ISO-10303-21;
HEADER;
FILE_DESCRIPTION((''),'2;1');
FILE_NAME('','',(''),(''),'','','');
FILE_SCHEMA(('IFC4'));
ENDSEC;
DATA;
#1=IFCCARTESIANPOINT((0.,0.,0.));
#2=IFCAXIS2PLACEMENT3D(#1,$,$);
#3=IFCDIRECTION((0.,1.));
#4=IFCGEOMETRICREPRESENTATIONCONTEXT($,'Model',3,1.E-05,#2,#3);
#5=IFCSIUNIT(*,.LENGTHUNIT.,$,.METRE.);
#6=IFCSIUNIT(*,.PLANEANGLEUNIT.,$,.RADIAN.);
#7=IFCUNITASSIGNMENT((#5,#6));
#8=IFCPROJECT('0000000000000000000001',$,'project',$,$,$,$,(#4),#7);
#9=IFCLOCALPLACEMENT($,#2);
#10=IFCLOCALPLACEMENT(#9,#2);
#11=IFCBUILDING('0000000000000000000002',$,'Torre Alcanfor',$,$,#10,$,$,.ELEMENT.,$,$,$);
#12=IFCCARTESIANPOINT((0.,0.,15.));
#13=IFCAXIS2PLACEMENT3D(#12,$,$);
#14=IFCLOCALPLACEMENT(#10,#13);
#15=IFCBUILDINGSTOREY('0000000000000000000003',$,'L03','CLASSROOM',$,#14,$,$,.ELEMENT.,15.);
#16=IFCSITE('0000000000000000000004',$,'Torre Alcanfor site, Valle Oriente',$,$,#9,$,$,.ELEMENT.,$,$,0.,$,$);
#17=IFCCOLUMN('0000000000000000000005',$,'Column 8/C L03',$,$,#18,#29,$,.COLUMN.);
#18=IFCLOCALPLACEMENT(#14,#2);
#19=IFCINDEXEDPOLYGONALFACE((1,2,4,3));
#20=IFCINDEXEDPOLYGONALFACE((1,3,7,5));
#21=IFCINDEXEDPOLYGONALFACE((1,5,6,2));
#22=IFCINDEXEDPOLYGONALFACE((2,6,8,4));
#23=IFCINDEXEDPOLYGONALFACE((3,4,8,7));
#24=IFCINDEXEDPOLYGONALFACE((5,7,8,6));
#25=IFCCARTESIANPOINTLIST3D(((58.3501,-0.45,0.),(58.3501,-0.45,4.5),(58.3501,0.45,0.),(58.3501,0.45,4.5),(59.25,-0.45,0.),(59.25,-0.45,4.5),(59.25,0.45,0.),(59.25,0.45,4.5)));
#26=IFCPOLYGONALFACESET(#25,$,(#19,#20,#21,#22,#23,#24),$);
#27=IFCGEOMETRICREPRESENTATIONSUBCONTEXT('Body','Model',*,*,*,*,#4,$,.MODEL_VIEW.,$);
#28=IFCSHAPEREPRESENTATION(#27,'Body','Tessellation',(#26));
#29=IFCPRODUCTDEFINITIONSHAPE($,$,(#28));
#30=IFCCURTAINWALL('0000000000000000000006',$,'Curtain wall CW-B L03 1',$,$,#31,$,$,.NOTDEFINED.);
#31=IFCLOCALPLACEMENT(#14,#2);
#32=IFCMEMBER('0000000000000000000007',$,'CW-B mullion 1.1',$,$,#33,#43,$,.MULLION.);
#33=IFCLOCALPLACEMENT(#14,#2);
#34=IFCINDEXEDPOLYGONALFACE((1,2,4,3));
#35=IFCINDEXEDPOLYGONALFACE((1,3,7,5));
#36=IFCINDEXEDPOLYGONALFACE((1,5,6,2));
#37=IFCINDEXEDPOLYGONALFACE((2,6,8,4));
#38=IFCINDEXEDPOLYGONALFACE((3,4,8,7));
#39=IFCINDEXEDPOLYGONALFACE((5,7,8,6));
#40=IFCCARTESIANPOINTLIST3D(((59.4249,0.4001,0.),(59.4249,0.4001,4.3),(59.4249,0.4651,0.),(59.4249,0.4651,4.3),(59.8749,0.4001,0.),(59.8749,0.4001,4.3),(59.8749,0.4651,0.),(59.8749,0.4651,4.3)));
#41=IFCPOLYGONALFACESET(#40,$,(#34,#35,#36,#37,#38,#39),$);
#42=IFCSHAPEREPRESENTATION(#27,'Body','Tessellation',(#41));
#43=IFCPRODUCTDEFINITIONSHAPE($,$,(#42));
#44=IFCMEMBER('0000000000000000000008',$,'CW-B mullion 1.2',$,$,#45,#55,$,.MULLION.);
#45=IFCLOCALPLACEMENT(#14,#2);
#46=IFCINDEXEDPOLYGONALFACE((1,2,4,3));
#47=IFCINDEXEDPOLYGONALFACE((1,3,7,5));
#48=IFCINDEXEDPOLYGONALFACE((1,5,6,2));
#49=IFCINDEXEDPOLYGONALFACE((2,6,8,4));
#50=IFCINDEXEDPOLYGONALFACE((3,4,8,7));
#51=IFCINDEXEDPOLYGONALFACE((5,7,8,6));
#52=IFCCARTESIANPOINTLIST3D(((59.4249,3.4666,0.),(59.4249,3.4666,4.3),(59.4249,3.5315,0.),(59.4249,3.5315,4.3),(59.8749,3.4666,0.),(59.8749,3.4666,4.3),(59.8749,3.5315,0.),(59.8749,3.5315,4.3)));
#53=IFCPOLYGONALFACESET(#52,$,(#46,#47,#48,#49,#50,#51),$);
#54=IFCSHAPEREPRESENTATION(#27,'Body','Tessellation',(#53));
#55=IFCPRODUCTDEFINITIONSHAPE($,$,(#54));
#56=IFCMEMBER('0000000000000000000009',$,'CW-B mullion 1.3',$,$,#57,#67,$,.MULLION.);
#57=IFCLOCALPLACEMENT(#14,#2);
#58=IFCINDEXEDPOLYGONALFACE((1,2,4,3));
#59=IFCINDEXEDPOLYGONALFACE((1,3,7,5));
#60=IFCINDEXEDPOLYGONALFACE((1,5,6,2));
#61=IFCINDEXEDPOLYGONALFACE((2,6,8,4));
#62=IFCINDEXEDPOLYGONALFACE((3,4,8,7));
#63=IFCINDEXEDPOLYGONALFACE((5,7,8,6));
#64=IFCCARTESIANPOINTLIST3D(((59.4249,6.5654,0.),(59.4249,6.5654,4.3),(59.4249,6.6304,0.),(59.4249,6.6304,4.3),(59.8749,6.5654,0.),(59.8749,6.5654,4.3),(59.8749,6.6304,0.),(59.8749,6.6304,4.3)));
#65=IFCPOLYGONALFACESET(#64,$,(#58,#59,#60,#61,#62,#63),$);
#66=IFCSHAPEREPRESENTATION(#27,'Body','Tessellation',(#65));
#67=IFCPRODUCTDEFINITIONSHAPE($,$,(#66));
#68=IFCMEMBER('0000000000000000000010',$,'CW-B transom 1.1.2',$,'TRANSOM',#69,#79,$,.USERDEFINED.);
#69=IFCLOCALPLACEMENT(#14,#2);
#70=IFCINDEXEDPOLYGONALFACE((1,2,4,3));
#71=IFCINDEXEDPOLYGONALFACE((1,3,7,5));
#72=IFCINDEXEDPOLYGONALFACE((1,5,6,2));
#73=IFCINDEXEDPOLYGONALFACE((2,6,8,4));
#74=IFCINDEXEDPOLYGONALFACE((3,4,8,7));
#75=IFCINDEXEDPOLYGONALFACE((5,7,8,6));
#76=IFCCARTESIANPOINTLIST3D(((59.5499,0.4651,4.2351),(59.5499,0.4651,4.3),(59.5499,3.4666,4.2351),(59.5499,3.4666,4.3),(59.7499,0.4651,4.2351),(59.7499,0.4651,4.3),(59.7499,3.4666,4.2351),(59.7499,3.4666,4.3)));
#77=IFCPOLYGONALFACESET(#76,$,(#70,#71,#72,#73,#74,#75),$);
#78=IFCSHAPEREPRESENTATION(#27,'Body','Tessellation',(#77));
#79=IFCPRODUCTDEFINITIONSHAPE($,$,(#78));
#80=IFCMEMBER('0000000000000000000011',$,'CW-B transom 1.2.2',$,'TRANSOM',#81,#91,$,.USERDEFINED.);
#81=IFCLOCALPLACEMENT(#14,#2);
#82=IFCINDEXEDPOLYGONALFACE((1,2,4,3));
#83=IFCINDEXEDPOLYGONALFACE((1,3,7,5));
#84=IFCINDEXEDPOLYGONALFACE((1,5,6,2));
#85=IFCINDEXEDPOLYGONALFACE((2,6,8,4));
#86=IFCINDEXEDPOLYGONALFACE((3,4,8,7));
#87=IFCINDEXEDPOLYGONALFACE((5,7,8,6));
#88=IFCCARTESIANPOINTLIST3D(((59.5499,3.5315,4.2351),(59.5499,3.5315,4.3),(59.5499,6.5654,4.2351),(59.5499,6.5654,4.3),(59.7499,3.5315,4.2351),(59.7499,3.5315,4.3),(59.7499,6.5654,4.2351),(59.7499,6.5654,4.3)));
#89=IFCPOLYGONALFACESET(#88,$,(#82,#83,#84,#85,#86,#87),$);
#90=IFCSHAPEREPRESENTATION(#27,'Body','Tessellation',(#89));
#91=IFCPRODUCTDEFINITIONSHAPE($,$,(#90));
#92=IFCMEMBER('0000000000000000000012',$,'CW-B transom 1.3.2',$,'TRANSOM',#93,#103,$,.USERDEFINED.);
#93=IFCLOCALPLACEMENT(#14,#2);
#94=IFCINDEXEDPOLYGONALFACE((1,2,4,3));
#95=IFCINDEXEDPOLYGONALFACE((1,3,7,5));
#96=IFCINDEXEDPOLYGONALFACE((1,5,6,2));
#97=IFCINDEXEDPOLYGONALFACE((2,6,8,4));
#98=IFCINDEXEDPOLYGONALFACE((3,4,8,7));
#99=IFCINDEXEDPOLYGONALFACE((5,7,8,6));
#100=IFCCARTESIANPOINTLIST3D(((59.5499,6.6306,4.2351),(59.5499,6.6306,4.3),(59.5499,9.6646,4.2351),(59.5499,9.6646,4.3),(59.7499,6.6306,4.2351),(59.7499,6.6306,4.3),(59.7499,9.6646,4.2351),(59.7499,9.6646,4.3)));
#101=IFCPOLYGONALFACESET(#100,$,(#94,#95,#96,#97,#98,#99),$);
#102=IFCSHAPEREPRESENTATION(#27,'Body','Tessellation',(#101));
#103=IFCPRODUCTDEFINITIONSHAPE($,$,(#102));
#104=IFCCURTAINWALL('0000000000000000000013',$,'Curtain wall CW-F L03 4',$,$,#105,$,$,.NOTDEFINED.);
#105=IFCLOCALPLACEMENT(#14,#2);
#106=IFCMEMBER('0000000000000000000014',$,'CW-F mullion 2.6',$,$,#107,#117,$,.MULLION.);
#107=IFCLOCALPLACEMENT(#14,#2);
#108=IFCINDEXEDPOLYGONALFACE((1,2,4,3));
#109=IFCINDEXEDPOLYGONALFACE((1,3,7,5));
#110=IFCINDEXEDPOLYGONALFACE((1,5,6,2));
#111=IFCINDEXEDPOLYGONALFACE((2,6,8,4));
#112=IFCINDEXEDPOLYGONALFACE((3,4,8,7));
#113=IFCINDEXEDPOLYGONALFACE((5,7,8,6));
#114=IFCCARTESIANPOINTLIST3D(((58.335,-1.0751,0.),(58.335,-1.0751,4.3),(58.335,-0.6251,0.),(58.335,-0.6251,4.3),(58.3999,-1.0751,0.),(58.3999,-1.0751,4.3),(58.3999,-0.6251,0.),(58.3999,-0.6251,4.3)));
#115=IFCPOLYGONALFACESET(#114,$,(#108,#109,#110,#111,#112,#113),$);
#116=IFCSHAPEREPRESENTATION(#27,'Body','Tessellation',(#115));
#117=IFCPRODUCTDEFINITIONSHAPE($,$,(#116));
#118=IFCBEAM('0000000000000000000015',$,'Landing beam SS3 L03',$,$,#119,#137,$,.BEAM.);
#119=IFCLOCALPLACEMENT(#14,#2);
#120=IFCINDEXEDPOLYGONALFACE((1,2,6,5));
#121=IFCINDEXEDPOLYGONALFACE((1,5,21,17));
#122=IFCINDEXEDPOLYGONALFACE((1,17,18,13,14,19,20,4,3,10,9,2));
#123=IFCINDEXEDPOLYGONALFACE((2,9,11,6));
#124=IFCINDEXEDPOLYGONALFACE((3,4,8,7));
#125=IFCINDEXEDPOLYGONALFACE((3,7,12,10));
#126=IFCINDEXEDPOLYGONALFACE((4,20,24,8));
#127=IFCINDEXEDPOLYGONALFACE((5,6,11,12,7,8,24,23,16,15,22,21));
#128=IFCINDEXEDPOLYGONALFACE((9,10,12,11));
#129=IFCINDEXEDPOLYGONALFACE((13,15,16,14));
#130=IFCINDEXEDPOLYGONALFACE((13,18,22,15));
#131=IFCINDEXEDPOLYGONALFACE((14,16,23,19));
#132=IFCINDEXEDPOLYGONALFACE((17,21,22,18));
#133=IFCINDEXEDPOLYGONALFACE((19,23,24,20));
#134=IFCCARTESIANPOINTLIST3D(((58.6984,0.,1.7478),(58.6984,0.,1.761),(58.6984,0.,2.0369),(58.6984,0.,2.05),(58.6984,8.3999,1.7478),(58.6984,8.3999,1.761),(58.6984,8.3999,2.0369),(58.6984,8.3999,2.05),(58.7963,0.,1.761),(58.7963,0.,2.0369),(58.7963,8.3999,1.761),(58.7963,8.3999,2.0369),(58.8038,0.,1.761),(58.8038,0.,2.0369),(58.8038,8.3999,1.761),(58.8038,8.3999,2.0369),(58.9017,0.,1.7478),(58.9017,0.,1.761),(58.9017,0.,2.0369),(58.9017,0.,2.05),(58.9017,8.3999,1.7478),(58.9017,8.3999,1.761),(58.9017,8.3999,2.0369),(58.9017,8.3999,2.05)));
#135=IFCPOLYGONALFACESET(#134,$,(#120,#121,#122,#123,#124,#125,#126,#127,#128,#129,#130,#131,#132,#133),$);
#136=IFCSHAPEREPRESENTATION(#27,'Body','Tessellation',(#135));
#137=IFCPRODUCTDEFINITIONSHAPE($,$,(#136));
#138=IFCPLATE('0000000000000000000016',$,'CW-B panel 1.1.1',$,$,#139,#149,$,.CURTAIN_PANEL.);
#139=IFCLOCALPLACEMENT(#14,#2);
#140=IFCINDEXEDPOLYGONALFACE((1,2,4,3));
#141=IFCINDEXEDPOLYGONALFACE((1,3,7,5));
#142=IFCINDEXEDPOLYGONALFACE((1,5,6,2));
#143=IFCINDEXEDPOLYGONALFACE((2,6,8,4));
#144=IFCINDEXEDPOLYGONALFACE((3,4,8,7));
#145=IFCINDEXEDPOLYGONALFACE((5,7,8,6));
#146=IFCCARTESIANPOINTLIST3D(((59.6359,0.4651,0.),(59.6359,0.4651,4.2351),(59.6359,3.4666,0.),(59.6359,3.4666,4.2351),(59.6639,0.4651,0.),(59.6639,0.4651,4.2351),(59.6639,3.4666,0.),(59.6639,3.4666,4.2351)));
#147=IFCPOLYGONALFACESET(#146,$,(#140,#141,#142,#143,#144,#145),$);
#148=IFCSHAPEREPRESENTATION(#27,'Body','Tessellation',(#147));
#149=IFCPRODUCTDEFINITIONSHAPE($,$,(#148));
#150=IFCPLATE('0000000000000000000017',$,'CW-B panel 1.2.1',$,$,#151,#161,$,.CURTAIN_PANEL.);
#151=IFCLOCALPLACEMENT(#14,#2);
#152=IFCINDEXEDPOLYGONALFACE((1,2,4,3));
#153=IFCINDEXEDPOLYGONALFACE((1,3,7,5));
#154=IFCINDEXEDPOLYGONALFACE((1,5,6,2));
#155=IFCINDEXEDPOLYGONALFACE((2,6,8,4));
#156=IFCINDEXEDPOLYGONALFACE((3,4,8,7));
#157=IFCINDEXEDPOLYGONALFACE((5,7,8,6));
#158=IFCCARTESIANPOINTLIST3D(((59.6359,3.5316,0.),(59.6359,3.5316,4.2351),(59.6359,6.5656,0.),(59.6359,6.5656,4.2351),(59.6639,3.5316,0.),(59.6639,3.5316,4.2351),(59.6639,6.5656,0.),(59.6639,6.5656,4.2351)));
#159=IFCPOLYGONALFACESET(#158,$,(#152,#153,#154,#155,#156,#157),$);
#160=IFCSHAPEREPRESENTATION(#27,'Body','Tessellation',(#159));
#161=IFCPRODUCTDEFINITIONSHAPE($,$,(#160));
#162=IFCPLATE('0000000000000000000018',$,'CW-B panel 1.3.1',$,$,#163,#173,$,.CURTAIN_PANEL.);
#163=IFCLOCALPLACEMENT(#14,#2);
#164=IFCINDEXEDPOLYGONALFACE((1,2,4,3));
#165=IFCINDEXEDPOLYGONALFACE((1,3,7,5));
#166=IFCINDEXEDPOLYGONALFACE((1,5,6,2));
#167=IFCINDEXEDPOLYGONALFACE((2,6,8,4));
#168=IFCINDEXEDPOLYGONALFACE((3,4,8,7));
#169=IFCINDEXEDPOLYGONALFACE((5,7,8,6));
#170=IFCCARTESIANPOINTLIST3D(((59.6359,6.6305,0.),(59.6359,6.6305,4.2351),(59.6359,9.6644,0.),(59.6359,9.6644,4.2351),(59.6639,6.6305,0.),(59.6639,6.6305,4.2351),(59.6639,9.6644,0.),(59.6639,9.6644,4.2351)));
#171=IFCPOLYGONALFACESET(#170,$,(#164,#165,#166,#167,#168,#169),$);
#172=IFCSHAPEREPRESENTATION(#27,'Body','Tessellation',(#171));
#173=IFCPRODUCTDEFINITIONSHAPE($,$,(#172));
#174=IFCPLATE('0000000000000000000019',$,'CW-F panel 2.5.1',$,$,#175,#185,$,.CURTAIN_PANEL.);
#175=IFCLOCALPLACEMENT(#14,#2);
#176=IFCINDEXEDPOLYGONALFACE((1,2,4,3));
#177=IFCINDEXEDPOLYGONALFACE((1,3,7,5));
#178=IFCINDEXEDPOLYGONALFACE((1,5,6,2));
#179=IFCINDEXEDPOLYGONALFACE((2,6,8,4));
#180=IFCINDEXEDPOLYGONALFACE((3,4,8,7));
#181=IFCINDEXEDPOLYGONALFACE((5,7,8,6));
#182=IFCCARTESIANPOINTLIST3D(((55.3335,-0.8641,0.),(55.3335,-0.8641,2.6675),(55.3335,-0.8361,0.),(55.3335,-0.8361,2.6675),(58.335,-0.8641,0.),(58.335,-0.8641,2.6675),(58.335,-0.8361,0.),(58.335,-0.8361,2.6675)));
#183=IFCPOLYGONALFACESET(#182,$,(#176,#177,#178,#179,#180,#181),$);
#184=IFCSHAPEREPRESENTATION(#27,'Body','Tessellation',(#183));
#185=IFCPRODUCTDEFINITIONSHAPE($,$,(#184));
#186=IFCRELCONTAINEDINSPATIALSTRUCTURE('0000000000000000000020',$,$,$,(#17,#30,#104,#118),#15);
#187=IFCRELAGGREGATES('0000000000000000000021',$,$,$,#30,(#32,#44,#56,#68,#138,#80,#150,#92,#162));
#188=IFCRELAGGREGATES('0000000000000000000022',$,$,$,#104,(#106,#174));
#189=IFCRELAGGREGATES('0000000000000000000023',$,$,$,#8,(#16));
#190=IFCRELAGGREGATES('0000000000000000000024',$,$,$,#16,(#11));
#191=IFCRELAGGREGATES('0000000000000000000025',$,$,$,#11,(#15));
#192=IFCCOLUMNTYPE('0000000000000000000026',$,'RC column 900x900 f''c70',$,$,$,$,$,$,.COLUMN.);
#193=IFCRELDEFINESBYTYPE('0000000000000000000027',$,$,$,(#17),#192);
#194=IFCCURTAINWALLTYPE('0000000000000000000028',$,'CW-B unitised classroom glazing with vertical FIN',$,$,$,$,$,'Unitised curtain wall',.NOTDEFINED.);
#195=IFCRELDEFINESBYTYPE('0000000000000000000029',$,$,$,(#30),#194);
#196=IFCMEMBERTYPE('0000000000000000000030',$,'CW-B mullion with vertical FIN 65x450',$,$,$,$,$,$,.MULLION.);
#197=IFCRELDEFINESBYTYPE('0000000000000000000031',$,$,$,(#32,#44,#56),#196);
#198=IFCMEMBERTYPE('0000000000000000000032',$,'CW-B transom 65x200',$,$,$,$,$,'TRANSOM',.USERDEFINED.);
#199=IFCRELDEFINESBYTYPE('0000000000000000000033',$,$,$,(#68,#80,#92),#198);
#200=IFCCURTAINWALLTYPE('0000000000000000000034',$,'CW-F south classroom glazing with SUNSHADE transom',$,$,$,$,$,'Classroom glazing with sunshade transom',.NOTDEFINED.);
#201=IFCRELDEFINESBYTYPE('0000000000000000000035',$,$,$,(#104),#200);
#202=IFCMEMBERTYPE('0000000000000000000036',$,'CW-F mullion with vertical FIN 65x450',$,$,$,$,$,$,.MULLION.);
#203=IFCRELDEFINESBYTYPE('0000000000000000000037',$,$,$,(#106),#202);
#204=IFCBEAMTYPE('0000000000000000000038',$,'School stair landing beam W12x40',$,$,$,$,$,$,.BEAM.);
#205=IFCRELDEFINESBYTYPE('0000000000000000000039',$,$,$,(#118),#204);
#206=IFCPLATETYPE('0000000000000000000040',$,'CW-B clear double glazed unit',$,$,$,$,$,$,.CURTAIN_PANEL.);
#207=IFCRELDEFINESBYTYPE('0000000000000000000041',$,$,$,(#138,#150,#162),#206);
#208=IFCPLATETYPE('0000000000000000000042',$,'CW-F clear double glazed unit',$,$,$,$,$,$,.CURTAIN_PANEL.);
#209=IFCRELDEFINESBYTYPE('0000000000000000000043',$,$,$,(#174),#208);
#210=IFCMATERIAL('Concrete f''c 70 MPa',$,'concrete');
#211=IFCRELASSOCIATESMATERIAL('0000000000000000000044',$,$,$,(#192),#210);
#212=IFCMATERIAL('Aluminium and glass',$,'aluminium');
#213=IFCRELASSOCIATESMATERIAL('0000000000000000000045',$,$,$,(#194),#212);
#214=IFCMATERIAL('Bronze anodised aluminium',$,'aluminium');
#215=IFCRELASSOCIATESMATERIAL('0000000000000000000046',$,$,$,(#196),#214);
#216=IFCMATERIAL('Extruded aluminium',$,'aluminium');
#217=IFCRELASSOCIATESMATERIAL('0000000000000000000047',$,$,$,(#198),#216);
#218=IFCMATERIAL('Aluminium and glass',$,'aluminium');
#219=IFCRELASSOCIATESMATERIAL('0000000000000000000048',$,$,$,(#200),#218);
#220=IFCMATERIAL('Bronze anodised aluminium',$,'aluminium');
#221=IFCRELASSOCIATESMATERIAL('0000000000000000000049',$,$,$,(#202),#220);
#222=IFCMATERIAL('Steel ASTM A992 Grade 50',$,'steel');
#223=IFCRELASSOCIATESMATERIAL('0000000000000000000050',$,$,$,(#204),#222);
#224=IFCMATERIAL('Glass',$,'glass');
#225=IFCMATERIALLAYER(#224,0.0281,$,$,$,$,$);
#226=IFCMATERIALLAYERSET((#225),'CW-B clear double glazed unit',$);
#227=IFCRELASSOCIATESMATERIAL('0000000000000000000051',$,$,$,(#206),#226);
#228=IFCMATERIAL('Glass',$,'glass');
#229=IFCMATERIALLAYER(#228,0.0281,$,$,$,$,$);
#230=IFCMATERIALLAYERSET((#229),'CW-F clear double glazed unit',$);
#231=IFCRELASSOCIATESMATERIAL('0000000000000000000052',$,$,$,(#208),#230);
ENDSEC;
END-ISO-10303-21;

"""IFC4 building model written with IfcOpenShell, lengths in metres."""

from ifc_helpers import new_model, si_unit, direction, frame, origin, origin_2d, place, context, subcontext, project, spatial, rectangle, i_section, extrude, material, layer, layer_set, material_profile, profile_set, type_object, element, aggregate, save


model = new_model("IFC4")

# Units and contexts
model_context = context("Model", 3, precision=1e-05, world=origin(), true_north=direction((0.0, 1.0)))
body_context = subcontext(model_context, "Body", "Model", "MODEL_VIEW")
ifc_project = project(units=[si_unit("LENGTHUNIT", "METRE"), si_unit("PLANEANGLEUNIT", "RADIAN")], contexts=[model_context])

# Site, building, storey
site_placement = place(None, origin())
site = spatial("IfcSite", under=ifc_project, at=site_placement, Name="Torre Alcanfor site, Valle Oriente", CompositionType="ELEMENT", RefElevation=0.0)
building_placement = place(site_placement, origin())
building = spatial("IfcBuilding", under=site, at=building_placement, Name="Torre Alcanfor", CompositionType="ELEMENT")
storey_placement = place(building_placement, frame((0.0, 0.0, 15.0)))
storey = spatial("IfcBuildingStorey", under=building, at=storey_placement, Name="L03", Description="CLASSROOM", CompositionType="ELEMENT", Elevation=15.0)

# Column
ifc_material_1 = material(Name="Concrete f'c 70 MPa", Category="concrete")
ifc_material_profile_1 = material_profile(ifc_material_1, rectangle(XDim=0.8999, YDim=0.8999, at=origin_2d()), Name="900x900")
ifc_profile_set_1 = profile_set([ifc_material_profile_1], Name="Concrete f'c 70 MPa")
column_type = type_object("IfcColumnType", Name="RC column 900x900 f'c70", PredefinedType="COLUMN", material=ifc_profile_set_1)
column_placement = place(storey_placement, frame((58.8, 0.0, 0.0), z_axis=(0.0, 0.0, 1.0), x_axis=(1.0, 0.0, 0.0)))
element("IfcColumn", 1, at=column_placement, inside=storey, type_object=column_type, Name="Column 8/C L03", PredefinedType="COLUMN", context=body_context, shape_type="SweptSolid", body=[
    extrude(rectangle(XDim=0.8999, YDim=0.8999, at=origin_2d()), origin(), (0.0, 0.0, 1.0), 4.5),
])

# Curtain wall, members
ifc_material_2 = material(Name="Aluminium and glass", Category="aluminium")
curtain_wall_type_1 = type_object("IfcCurtainWallType", Name="CW-B unitised classroom glazing with vertical FIN", ElementType="Unitised curtain wall", PredefinedType="NOTDEFINED", material=ifc_material_2)
curtain_wall_1_placement = place(storey_placement, origin())
curtain_wall_1 = element("IfcCurtainWall", 2, at=curtain_wall_1_placement, inside=storey, type_object=curtain_wall_type_1, Name="Curtain wall CW-B L03 1", PredefinedType="NOTDEFINED")
ifc_material_3 = material(Name="Bronze anodised aluminium", Category="aluminium")
ifc_material_profile_2 = material_profile(ifc_material_3, rectangle(XDim=0.45, YDim=0.0649, at=origin_2d()), Name="CW-B mullion 65x450")
ifc_profile_set_2 = profile_set([ifc_material_profile_2], Name="Bronze anodised aluminium")
member_type_1 = type_object("IfcMemberType", Name="CW-B mullion with vertical FIN 65x450", PredefinedType="MULLION", material=ifc_profile_set_2)
member_1_placement = place(storey_placement, frame((59.6499, 0.4326, 0.0), z_axis=(0.0, 0.0, 1.0), x_axis=(-1.0, 0.0, 0.0)))
member_1 = element("IfcMember", 3, at=member_1_placement, type_object=member_type_1, Name="CW-B mullion 1.1", PredefinedType="MULLION", context=body_context, shape_type="SweptSolid", body=[
    extrude(rectangle(XDim=0.45, YDim=0.0649, at=origin_2d()), origin(), (0.0, 0.0, 1.0), 4.3),
])
member_2_placement = place(storey_placement, frame((59.6499, 3.499, 0.0), z_axis=(0.0, 0.0, 1.0), x_axis=(-1.0, 0.0, 0.0)))
member_2 = element("IfcMember", 4, at=member_2_placement, type_object=member_type_1, Name="CW-B mullion 1.2", PredefinedType="MULLION", context=body_context, shape_type="SweptSolid", body=[
    extrude(rectangle(XDim=0.45, YDim=0.0649, at=origin_2d()), origin(), (0.0, 0.0, 1.0), 4.3),
])
member_3_placement = place(storey_placement, frame((59.6499, 6.5979, 0.0), z_axis=(0.0, 0.0, 1.0), x_axis=(-1.0, 0.0, 0.0)))
member_3 = element("IfcMember", 5, at=member_3_placement, type_object=member_type_1, Name="CW-B mullion 1.3", PredefinedType="MULLION", context=body_context, shape_type="SweptSolid", body=[
    extrude(rectangle(XDim=0.45, YDim=0.0649, at=origin_2d()), origin(), (0.0, 0.0, 1.0), 4.3),
])
ifc_material_4 = material(Name="Extruded aluminium", Category="aluminium")
ifc_material_profile_3 = material_profile(ifc_material_4, rectangle(XDim=0.2, YDim=0.0649, at=origin_2d()), Name="CW-B transom 200x65")
ifc_profile_set_3 = profile_set([ifc_material_profile_3], Name="Extruded aluminium")
member_type_2 = type_object("IfcMemberType", Name="CW-B transom 65x200", ElementType="TRANSOM", PredefinedType="USERDEFINED", material=ifc_profile_set_3)
member_4_placement = place(storey_placement, frame((59.6499, 0.4651, 4.2676), z_axis=(0.0, 1.0, 0.0), x_axis=(-1.0, 0.0, 0.0)))
member_4 = element("IfcMember", 6, at=member_4_placement, type_object=member_type_2, Name="CW-B transom 1.1.2", ObjectType="TRANSOM", PredefinedType="USERDEFINED", context=body_context, shape_type="SweptSolid", body=[
    extrude(rectangle(XDim=0.2, YDim=0.0649, at=origin_2d()), origin(), (0.0, 0.0, 1.0), 3.0015),
])
member_5_placement = place(storey_placement, frame((59.6499, 3.5315, 4.2676), z_axis=(0.0, 1.0, 0.0), x_axis=(-1.0, 0.0, 0.0)))
member_5 = element("IfcMember", 7, at=member_5_placement, type_object=member_type_2, Name="CW-B transom 1.2.2", ObjectType="TRANSOM", PredefinedType="USERDEFINED", context=body_context, shape_type="SweptSolid", body=[
    extrude(rectangle(XDim=0.2, YDim=0.0649, at=origin_2d()), origin(), (0.0, 0.0, 1.0), 3.0339),
])
member_6_placement = place(storey_placement, frame((59.6499, 6.6306, 4.2676), z_axis=(0.0, 1.0, 0.0), x_axis=(-1.0, 0.0, 0.0)))
member_6 = element("IfcMember", 8, at=member_6_placement, type_object=member_type_2, Name="CW-B transom 1.3.2", ObjectType="TRANSOM", PredefinedType="USERDEFINED", context=body_context, shape_type="SweptSolid", body=[
    extrude(rectangle(XDim=0.2, YDim=0.0649, at=origin_2d()), origin(), (0.0, 0.0, 1.0), 3.0339),
])

# Curtain wall, member
ifc_material_5 = material(Name="Aluminium and glass", Category="aluminium")
curtain_wall_type_2 = type_object("IfcCurtainWallType", Name="CW-F south classroom glazing with SUNSHADE transom", ElementType="Classroom glazing with sunshade transom", PredefinedType="NOTDEFINED", material=ifc_material_5)
curtain_wall_2_placement = place(storey_placement, origin())
curtain_wall_2 = element("IfcCurtainWall", 9, at=curtain_wall_2_placement, inside=storey, type_object=curtain_wall_type_2, Name="Curtain wall CW-F L03 4", PredefinedType="NOTDEFINED")
ifc_material_6 = material(Name="Bronze anodised aluminium", Category="aluminium")
ifc_material_profile_4 = material_profile(ifc_material_6, rectangle(XDim=0.45, YDim=0.0649, at=origin_2d()), Name="CW-F mullion 65x450")
ifc_profile_set_4 = profile_set([ifc_material_profile_4], Name="Bronze anodised aluminium")
member_type_3 = type_object("IfcMemberType", Name="CW-F mullion with vertical FIN 65x450", PredefinedType="MULLION", material=ifc_profile_set_4)
member_7_placement = place(storey_placement, frame((58.3674, -0.8501, 0.0), z_axis=(0.0, 0.0, 1.0), x_axis=(0.0, 1.0, 0.0)))
member_7 = element("IfcMember", 10, at=member_7_placement, type_object=member_type_3, Name="CW-F mullion 2.6", PredefinedType="MULLION", context=body_context, shape_type="SweptSolid", body=[
    extrude(rectangle(XDim=0.45, YDim=0.0649, at=origin_2d()), origin(), (0.0, 0.0, 1.0), 4.3),
])

# Beam
ifc_material_7 = material(Name="Steel ASTM A992 Grade 50", Category="steel")
ifc_material_profile_5 = material_profile(ifc_material_7, i_section(OverallWidth=0.2034, OverallDepth=0.3022, WebThickness=0.0076, FlangeThickness=0.0132, at=origin_2d()), Name="W12x40")
ifc_profile_set_5 = profile_set([ifc_material_profile_5], Name="Steel ASTM A992 Grade 50")
beam_type = type_object("IfcBeamType", Name="School stair landing beam W12x40", PredefinedType="BEAM", material=ifc_profile_set_5)
beam_placement = place(storey_placement, frame((58.8, 0.0, 1.8989), z_axis=(0.0, 1.0, 0.0), x_axis=(-1.0, 0.0, 0.0)))
element("IfcBeam", 11, at=beam_placement, inside=storey, type_object=beam_type, Name="Landing beam SS3 L03", PredefinedType="BEAM", context=body_context, shape_type="SweptSolid", body=[
    extrude(i_section(OverallWidth=0.2034, OverallDepth=0.3022, WebThickness=0.0076, FlangeThickness=0.0132, at=origin_2d()), origin(), (0.0, 0.0, 1.0), 8.3999),
])

# Plates
ifc_material_8 = material(Name="Glass", Category="glass")
ifc_layer_1 = layer(ifc_material_8, 0.0281)
ifc_layer_set_1 = layer_set([ifc_layer_1], Name="CW-B clear double glazed unit")
plate_type_1 = type_object("IfcPlateType", Name="CW-B clear double glazed unit", PredefinedType="CURTAIN_PANEL", material=ifc_layer_set_1)
plate_1_placement = place(storey_placement, frame((59.6499, 1.9658, 0.0), z_axis=(0.0, 0.0, 1.0), x_axis=(0.0, 1.0, 0.0)))
plate_1 = element("IfcPlate", 12, at=plate_1_placement, type_object=plate_type_1, Name="CW-B panel 1.1.1", PredefinedType="CURTAIN_PANEL", context=body_context, shape_type="SweptSolid", body=[
    extrude(rectangle(XDim=3.0015, YDim=0.0281, at=origin_2d()), origin(), (0.0, 0.0, 1.0), 4.2351),
])
plate_2_placement = place(storey_placement, frame((59.6499, 5.0486, 0.0), z_axis=(0.0, 0.0, 1.0), x_axis=(0.0, 1.0, 0.0)))
plate_2 = element("IfcPlate", 13, at=plate_2_placement, type_object=plate_type_1, Name="CW-B panel 1.2.1", PredefinedType="CURTAIN_PANEL", context=body_context, shape_type="SweptSolid", body=[
    extrude(rectangle(XDim=3.0339, YDim=0.0281, at=origin_2d()), origin(), (0.0, 0.0, 1.0), 4.2351),
])
plate_3_placement = place(storey_placement, frame((59.6499, 8.1475, 0.0), z_axis=(0.0, 0.0, 1.0), x_axis=(0.0, 1.0, 0.0)))
plate_3 = element("IfcPlate", 14, at=plate_3_placement, type_object=plate_type_1, Name="CW-B panel 1.3.1", PredefinedType="CURTAIN_PANEL", context=body_context, shape_type="SweptSolid", body=[
    extrude(rectangle(XDim=3.0339, YDim=0.0281, at=origin_2d()), origin(), (0.0, 0.0, 1.0), 4.2351),
])
aggregate(curtain_wall_1, [member_1, member_2, member_3, member_4, plate_1, member_5, plate_2, member_6, plate_3])
ifc_material_9 = material(Name="Glass", Category="glass")
ifc_layer_2 = layer(ifc_material_9, 0.0281)
ifc_layer_set_2 = layer_set([ifc_layer_2], Name="CW-F clear double glazed unit")
plate_type_2 = type_object("IfcPlateType", Name="CW-F clear double glazed unit", PredefinedType="CURTAIN_PANEL", material=ifc_layer_set_2)
plate_4_placement = place(storey_placement, frame((56.8342, -0.8501, 0.0), z_axis=(0.0, 0.0, 1.0), x_axis=(1.0, 0.0, 0.0)))
plate_4 = element("IfcPlate", 15, at=plate_4_placement, type_object=plate_type_2, Name="CW-F panel 2.5.1", PredefinedType="CURTAIN_PANEL", context=body_context, shape_type="SweptSolid", body=[
    extrude(rectangle(XDim=3.0015, YDim=0.0281, at=origin_2d()), origin(), (0.0, 0.0, 1.0), 2.6675),
])
aggregate(curtain_wall_2, [member_7, plate_4])

save(model, "model.ifc")
